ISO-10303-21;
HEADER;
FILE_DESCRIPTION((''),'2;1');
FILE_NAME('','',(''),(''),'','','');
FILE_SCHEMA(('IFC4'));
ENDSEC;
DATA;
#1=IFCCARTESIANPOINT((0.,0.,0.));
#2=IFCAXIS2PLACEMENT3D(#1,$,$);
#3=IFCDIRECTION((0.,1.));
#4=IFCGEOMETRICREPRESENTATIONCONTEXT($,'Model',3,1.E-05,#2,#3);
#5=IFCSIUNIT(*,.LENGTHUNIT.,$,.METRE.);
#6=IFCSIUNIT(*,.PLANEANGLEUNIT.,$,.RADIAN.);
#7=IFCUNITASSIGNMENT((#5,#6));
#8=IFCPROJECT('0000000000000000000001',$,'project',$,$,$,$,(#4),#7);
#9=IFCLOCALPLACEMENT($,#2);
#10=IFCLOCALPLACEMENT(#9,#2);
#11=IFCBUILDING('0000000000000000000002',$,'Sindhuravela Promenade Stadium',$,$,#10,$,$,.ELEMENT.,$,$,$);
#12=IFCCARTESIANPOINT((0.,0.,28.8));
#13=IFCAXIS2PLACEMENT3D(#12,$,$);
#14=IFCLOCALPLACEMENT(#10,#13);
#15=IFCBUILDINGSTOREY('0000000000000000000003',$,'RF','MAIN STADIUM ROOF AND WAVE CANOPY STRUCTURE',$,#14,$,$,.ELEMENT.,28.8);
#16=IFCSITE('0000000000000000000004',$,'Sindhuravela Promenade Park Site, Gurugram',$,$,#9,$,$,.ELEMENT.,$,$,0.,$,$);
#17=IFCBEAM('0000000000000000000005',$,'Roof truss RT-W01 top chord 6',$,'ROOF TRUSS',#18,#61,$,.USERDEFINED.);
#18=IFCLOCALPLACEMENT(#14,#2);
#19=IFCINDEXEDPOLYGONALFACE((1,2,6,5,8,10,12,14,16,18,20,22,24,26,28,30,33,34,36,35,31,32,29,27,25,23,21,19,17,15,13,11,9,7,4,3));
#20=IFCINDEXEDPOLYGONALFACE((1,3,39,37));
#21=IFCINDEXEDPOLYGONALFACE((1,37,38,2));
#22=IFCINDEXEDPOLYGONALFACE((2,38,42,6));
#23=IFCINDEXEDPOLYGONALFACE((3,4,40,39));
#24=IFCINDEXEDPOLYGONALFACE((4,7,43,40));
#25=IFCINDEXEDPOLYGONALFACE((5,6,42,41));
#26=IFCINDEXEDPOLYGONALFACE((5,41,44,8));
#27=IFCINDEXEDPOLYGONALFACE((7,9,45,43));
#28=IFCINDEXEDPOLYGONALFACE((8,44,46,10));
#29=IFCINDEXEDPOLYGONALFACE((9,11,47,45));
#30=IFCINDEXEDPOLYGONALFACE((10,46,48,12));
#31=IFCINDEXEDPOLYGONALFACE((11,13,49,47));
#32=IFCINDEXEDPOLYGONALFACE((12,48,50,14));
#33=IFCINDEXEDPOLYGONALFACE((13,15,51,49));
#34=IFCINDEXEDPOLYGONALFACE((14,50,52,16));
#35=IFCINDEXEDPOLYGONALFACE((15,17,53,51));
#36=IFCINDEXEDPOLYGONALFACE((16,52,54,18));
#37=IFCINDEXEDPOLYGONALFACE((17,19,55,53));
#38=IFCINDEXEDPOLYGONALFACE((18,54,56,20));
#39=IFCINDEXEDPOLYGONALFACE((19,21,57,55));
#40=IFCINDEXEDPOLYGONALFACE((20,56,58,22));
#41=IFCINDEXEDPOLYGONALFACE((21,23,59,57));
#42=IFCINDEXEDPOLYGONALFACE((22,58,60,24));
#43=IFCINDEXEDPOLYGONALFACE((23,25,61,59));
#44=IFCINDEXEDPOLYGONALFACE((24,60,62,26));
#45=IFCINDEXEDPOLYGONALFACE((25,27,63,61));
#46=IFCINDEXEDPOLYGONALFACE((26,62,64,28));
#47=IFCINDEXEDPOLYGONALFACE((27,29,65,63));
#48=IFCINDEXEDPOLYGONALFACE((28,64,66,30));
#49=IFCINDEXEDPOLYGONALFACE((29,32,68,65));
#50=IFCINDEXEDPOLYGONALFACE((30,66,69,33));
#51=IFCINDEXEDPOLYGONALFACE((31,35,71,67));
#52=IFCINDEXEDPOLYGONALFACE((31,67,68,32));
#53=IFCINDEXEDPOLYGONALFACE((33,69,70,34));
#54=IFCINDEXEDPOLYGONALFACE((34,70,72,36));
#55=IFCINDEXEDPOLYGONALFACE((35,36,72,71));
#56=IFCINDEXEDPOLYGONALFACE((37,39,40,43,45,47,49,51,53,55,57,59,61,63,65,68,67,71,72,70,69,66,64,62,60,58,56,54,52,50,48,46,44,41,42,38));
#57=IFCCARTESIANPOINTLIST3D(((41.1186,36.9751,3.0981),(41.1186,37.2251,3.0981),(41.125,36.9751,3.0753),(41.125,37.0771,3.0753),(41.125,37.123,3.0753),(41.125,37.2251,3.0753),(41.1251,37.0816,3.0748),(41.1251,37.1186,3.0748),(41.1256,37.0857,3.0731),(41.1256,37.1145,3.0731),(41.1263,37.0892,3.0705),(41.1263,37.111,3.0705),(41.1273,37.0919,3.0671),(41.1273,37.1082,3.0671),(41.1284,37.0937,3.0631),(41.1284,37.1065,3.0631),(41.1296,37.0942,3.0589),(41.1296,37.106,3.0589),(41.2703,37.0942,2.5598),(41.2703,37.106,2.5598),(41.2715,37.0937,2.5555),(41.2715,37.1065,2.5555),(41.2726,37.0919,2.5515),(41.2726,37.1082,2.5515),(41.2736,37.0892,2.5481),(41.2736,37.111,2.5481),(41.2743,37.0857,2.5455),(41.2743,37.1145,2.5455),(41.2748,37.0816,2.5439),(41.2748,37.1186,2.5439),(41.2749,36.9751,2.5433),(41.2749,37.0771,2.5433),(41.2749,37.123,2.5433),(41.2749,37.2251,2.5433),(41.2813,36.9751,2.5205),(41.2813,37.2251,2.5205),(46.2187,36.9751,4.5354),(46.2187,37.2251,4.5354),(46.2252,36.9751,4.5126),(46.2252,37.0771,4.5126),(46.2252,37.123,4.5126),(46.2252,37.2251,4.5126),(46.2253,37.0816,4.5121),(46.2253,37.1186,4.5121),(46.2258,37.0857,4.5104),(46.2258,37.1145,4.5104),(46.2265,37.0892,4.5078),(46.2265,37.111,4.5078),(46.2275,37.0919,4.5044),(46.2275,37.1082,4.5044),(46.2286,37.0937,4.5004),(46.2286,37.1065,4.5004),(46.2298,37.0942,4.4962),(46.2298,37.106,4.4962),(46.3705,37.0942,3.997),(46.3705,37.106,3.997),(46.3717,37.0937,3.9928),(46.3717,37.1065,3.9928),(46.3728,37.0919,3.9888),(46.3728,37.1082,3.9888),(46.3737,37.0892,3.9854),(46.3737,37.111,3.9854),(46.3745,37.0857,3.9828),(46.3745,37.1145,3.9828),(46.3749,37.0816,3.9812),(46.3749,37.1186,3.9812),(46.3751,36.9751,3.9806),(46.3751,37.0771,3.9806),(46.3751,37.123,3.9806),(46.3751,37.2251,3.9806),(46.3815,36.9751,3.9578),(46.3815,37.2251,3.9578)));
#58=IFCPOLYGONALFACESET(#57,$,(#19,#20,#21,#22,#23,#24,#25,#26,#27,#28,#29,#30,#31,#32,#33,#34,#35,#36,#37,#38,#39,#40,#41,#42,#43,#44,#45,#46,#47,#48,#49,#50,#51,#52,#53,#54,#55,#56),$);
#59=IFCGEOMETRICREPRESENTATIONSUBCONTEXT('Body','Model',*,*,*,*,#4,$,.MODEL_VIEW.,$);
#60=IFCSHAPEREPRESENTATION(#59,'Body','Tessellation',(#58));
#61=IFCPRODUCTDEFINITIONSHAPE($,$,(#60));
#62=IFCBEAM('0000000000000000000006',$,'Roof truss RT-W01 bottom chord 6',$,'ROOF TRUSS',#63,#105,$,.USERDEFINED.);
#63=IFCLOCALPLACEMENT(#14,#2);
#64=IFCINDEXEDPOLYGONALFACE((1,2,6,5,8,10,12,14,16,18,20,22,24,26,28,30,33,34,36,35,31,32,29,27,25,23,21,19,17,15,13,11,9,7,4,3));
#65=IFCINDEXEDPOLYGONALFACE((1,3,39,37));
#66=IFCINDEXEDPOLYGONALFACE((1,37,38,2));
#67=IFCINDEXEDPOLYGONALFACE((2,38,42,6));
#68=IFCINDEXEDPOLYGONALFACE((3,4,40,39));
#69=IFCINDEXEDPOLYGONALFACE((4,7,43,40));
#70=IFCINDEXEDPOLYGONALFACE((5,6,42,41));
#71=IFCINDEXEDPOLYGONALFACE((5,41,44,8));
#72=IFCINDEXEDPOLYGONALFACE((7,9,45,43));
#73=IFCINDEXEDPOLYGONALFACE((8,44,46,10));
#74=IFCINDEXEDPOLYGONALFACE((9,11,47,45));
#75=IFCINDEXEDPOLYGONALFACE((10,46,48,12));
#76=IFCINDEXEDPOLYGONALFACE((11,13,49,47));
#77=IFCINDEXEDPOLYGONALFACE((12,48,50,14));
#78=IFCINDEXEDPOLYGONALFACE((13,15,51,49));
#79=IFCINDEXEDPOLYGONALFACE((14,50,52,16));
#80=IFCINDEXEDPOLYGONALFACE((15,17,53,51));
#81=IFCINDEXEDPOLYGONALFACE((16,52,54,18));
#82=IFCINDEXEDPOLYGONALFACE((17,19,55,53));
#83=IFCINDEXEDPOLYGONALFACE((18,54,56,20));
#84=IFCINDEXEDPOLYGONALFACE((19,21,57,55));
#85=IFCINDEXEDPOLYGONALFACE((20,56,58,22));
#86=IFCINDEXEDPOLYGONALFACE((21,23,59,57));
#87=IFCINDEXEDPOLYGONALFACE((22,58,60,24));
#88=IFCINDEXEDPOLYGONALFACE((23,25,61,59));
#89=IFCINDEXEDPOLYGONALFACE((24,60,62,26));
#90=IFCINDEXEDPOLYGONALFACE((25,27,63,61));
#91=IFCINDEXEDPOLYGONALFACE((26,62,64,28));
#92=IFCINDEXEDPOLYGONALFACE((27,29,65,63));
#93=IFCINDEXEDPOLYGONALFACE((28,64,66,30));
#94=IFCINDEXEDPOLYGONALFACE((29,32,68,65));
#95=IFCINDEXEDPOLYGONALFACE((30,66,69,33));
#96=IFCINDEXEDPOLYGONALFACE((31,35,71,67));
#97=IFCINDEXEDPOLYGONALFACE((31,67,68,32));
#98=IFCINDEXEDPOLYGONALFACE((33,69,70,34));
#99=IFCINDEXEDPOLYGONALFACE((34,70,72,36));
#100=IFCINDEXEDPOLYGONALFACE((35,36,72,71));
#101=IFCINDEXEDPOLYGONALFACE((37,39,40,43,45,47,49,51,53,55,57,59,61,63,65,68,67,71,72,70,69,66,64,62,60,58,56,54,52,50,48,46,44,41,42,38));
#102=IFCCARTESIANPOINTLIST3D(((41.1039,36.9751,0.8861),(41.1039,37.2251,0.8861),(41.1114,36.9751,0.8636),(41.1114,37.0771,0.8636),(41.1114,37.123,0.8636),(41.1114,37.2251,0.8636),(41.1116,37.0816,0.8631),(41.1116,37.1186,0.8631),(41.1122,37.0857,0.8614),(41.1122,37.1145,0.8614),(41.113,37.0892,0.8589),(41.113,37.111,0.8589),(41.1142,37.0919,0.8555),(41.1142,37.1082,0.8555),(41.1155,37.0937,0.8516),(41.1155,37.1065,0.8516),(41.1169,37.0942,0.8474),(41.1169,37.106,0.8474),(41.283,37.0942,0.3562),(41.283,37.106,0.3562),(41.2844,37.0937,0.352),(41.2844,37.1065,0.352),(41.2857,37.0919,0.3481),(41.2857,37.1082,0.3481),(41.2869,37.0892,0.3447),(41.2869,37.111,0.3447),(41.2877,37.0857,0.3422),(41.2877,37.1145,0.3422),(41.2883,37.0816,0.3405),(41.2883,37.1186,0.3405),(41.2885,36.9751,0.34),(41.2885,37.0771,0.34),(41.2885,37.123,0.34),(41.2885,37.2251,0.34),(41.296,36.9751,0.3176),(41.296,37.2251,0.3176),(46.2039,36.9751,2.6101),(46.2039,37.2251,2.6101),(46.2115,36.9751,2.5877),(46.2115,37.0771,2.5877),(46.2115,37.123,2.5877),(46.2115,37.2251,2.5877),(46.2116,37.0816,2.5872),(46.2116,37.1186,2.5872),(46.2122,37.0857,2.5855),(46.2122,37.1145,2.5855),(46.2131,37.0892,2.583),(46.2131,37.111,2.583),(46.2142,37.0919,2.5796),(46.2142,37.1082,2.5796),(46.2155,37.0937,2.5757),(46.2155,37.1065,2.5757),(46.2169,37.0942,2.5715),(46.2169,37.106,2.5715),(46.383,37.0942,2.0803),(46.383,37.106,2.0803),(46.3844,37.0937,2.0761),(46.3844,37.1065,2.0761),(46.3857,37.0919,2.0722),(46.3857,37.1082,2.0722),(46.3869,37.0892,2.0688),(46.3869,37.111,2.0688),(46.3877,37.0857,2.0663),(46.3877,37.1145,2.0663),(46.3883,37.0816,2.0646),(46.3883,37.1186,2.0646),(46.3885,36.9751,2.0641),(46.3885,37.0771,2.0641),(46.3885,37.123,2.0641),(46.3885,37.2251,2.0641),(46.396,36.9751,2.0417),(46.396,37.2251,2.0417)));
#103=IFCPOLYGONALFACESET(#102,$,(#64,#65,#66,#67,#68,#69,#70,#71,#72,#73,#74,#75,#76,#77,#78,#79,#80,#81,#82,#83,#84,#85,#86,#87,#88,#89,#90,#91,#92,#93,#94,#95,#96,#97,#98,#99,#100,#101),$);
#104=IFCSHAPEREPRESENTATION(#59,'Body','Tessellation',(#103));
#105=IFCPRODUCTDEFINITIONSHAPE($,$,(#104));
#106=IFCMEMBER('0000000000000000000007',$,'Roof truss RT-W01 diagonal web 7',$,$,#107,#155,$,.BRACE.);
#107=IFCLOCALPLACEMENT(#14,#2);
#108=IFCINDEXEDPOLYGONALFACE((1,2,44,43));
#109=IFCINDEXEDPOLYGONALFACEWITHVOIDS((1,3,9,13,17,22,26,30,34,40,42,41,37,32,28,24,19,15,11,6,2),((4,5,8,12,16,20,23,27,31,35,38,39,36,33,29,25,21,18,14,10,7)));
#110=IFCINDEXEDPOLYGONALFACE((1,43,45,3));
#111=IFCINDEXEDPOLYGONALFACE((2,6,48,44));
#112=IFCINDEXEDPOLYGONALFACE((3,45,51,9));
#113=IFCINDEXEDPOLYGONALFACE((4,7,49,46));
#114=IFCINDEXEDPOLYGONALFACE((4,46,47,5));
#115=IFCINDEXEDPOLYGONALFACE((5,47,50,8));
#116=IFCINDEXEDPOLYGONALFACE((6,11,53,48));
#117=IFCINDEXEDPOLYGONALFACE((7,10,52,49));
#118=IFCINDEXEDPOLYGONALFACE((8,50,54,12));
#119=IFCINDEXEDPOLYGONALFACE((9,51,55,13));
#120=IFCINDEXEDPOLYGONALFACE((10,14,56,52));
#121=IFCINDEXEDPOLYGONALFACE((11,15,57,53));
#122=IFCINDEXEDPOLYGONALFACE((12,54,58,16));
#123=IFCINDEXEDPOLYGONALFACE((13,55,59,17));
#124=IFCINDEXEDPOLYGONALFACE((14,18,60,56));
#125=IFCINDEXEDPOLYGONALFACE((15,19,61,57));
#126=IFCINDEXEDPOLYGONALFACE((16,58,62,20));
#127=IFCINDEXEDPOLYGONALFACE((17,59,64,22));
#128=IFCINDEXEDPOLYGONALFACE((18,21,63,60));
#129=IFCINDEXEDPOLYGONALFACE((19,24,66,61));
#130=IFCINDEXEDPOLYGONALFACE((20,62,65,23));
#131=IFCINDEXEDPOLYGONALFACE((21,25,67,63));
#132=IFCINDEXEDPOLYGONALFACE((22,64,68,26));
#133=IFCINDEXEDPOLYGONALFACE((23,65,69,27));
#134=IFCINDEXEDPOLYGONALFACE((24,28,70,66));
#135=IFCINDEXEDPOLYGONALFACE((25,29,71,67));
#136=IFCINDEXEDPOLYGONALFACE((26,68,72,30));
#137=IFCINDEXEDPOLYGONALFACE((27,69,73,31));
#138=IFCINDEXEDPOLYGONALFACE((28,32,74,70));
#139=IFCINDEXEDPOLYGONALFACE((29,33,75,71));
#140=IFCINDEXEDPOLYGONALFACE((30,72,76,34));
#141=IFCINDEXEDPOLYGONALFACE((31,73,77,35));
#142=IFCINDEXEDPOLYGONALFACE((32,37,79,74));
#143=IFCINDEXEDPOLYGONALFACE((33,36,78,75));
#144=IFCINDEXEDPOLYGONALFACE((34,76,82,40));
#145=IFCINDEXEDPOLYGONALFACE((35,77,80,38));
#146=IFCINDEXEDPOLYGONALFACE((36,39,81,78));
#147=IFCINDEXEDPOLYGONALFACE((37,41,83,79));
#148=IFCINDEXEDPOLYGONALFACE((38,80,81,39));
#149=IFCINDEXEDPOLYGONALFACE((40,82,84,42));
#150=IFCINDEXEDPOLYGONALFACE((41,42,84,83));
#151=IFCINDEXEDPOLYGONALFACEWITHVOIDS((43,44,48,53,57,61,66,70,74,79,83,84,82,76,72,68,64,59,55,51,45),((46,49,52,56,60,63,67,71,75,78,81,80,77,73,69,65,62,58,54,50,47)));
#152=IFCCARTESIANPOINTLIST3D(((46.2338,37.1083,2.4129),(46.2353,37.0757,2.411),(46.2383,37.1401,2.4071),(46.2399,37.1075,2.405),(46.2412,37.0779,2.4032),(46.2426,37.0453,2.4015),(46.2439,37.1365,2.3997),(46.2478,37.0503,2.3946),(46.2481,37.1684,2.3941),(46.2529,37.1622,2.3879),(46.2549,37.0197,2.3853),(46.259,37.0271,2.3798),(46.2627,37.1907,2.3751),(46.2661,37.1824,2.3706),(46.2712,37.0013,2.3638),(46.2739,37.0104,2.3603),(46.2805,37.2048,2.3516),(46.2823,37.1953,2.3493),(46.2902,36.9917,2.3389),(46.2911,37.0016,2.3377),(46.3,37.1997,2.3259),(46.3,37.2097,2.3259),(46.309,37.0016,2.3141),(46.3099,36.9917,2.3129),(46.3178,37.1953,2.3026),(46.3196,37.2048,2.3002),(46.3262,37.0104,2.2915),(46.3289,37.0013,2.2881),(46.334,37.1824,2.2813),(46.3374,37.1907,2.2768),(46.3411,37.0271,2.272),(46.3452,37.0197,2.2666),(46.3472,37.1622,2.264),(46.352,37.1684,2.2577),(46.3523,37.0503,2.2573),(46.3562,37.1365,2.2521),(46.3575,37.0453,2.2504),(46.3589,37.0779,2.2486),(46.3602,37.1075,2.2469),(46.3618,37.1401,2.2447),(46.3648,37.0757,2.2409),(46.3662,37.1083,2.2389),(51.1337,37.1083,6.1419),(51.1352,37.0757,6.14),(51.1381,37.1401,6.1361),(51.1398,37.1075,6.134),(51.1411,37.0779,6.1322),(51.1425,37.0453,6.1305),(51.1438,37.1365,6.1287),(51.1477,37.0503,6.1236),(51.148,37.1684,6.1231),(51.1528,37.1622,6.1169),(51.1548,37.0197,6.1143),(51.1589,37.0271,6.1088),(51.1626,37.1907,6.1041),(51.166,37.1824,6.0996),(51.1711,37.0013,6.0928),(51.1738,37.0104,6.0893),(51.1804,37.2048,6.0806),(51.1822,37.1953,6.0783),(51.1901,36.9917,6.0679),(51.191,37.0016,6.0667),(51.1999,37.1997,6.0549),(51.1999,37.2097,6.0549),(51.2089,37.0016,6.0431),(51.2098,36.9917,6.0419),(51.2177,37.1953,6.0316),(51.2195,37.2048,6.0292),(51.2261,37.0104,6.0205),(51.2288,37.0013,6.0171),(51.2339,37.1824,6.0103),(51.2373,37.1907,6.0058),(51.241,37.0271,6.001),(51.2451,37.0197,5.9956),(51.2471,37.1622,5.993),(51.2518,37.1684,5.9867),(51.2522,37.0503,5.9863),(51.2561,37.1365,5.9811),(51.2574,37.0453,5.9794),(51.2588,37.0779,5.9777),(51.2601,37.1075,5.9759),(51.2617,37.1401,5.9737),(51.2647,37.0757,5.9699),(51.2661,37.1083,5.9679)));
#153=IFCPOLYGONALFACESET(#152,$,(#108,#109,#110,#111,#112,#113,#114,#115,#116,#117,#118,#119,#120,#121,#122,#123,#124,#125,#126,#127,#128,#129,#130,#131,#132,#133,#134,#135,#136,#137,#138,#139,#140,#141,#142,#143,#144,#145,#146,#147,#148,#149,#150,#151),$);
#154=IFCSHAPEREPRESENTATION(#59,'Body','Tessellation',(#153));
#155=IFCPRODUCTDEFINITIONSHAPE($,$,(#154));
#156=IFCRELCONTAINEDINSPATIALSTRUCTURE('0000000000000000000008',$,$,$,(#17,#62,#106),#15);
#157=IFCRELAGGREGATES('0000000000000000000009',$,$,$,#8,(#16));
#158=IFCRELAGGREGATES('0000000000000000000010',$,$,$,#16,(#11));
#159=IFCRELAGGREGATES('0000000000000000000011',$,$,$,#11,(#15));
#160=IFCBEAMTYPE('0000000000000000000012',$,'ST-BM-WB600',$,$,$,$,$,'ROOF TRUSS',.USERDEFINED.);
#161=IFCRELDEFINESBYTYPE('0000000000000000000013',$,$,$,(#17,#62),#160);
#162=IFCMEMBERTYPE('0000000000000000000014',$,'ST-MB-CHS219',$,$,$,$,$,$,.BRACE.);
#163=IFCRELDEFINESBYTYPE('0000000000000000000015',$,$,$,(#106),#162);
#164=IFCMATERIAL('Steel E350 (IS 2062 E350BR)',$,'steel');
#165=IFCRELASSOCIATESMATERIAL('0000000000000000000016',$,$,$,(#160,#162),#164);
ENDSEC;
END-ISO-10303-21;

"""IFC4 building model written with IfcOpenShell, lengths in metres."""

from ifc_helpers import new_model, si_unit, direction, frame, origin, origin_2d, place, context, subcontext, project, spatial, hollow_circle, i_section, extrude, material, material_profile, profile_set, type_object, element, save


model = new_model("IFC4")

# Units and contexts
model_context = context("Model", 3, precision=1e-05, world=origin(), true_north=direction((0.0, 1.0)))
body_context = subcontext(model_context, "Body", "Model", "MODEL_VIEW")
ifc_project = project(units=[si_unit("LENGTHUNIT", "METRE"), si_unit("PLANEANGLEUNIT", "RADIAN")], contexts=[model_context])

# Site, building, storey
site_placement = place(None, origin())
site = spatial("IfcSite", under=ifc_project, at=site_placement, Name="Sindhuravela Promenade Park Site, Gurugram", CompositionType="ELEMENT", RefElevation=0.0)
building_placement = place(site_placement, origin())
building = spatial("IfcBuilding", under=site, at=building_placement, Name="Sindhuravela Promenade Stadium", CompositionType="ELEMENT")
storey_placement = place(building_placement, frame((0.0, 0.0, 28.8)))
storey = spatial("IfcBuildingStorey", under=building, at=storey_placement, Name="RF", Description="MAIN STADIUM ROOF AND WAVE CANOPY STRUCTURE", CompositionType="ELEMENT", Elevation=28.8)

# Beams
ifc_material_1 = material(Name="Steel E350 (IS 2062 E350BR)", Category="steel")
ifc_material_profile_1 = material_profile(ifc_material_1, i_section(OverallWidth=0.25, OverallDepth=0.6001, WebThickness=0.0117, FlangeThickness=0.0237, FilletRadius=0.0171, at=origin_2d()), Name="ISWB 600")
ifc_profile_set_1 = profile_set([ifc_material_profile_1], Name="Steel E350 (IS 2062 E350BR)")
beam_type_1 = type_object("IfcBeamType", Name="ST-BM-WB600", ElementType="ROOF TRUSS", PredefinedType="USERDEFINED", material=ifc_profile_set_1)
beam_1_placement = place(storey_placement, frame((41.2, 37.1001, 2.8093), z_axis=(0.96251, 0.0, 0.271245), x_axis=(0.0, 1.0, 0.0)))
element("IfcBeam", 1, at=beam_1_placement, inside=storey, type_object=beam_type_1, Name="Roof truss RT-W01 top chord 6", ObjectType="ROOF TRUSS", PredefinedType="USERDEFINED", context=body_context, shape_type="SweptSolid", body=[
    extrude(i_section(OverallWidth=0.25, OverallDepth=0.6001, WebThickness=0.0117, FlangeThickness=0.0237, FilletRadius=0.0171, at=origin_2d()), origin(), (0.0, 0.0, 1.0), 5.2988),
])
beam_2_placement = place(storey_placement, frame((41.2, 37.1001, 0.6018), z_axis=(0.947332, 0.0, 0.320252), x_axis=(0.0, 1.0, 0.0)))
element("IfcBeam", 2, at=beam_2_placement, inside=storey, type_object=beam_type_1, Name="Roof truss RT-W01 bottom chord 6", ObjectType="ROOF TRUSS", PredefinedType="USERDEFINED", context=body_context, shape_type="SweptSolid", body=[
    extrude(i_section(OverallWidth=0.25, OverallDepth=0.6001, WebThickness=0.0117, FlangeThickness=0.0237, FilletRadius=0.0171, at=origin_2d()), origin(), (0.0, 0.0, 1.0), 5.3835),
])

# Member
ifc_material_profile_2 = material_profile(ifc_material_1, hollow_circle(Radius=0.1096, WallThickness=0.01, at=origin_2d()), Name="CHS 219.1x10")
ifc_profile_set_2 = profile_set([ifc_material_profile_2], Name="Steel E350 (IS 2062 E350BR)")
member_type_1 = type_object("IfcMemberType", Name="ST-MB-CHS219", PredefinedType="BRACE", material=ifc_profile_set_2)
member_1_placement = place(storey_placement, frame((46.3, 37.1001, 2.3259), z_axis=(0.795765, 0.0, 0.605606), x_axis=(0.0, 1.0, 0.0)))
element("IfcMember", 3, at=member_1_placement, inside=storey, type_object=member_type_1, Name="Roof truss RT-W01 diagonal web 7", PredefinedType="BRACE", context=body_context, shape_type="SweptSolid", body=[
    extrude(hollow_circle(Radius=0.1096, WallThickness=0.01, at=origin_2d()), origin(), (0.0, 0.0, 1.0), 6.1575),
])

save(model, "model.ifc")
